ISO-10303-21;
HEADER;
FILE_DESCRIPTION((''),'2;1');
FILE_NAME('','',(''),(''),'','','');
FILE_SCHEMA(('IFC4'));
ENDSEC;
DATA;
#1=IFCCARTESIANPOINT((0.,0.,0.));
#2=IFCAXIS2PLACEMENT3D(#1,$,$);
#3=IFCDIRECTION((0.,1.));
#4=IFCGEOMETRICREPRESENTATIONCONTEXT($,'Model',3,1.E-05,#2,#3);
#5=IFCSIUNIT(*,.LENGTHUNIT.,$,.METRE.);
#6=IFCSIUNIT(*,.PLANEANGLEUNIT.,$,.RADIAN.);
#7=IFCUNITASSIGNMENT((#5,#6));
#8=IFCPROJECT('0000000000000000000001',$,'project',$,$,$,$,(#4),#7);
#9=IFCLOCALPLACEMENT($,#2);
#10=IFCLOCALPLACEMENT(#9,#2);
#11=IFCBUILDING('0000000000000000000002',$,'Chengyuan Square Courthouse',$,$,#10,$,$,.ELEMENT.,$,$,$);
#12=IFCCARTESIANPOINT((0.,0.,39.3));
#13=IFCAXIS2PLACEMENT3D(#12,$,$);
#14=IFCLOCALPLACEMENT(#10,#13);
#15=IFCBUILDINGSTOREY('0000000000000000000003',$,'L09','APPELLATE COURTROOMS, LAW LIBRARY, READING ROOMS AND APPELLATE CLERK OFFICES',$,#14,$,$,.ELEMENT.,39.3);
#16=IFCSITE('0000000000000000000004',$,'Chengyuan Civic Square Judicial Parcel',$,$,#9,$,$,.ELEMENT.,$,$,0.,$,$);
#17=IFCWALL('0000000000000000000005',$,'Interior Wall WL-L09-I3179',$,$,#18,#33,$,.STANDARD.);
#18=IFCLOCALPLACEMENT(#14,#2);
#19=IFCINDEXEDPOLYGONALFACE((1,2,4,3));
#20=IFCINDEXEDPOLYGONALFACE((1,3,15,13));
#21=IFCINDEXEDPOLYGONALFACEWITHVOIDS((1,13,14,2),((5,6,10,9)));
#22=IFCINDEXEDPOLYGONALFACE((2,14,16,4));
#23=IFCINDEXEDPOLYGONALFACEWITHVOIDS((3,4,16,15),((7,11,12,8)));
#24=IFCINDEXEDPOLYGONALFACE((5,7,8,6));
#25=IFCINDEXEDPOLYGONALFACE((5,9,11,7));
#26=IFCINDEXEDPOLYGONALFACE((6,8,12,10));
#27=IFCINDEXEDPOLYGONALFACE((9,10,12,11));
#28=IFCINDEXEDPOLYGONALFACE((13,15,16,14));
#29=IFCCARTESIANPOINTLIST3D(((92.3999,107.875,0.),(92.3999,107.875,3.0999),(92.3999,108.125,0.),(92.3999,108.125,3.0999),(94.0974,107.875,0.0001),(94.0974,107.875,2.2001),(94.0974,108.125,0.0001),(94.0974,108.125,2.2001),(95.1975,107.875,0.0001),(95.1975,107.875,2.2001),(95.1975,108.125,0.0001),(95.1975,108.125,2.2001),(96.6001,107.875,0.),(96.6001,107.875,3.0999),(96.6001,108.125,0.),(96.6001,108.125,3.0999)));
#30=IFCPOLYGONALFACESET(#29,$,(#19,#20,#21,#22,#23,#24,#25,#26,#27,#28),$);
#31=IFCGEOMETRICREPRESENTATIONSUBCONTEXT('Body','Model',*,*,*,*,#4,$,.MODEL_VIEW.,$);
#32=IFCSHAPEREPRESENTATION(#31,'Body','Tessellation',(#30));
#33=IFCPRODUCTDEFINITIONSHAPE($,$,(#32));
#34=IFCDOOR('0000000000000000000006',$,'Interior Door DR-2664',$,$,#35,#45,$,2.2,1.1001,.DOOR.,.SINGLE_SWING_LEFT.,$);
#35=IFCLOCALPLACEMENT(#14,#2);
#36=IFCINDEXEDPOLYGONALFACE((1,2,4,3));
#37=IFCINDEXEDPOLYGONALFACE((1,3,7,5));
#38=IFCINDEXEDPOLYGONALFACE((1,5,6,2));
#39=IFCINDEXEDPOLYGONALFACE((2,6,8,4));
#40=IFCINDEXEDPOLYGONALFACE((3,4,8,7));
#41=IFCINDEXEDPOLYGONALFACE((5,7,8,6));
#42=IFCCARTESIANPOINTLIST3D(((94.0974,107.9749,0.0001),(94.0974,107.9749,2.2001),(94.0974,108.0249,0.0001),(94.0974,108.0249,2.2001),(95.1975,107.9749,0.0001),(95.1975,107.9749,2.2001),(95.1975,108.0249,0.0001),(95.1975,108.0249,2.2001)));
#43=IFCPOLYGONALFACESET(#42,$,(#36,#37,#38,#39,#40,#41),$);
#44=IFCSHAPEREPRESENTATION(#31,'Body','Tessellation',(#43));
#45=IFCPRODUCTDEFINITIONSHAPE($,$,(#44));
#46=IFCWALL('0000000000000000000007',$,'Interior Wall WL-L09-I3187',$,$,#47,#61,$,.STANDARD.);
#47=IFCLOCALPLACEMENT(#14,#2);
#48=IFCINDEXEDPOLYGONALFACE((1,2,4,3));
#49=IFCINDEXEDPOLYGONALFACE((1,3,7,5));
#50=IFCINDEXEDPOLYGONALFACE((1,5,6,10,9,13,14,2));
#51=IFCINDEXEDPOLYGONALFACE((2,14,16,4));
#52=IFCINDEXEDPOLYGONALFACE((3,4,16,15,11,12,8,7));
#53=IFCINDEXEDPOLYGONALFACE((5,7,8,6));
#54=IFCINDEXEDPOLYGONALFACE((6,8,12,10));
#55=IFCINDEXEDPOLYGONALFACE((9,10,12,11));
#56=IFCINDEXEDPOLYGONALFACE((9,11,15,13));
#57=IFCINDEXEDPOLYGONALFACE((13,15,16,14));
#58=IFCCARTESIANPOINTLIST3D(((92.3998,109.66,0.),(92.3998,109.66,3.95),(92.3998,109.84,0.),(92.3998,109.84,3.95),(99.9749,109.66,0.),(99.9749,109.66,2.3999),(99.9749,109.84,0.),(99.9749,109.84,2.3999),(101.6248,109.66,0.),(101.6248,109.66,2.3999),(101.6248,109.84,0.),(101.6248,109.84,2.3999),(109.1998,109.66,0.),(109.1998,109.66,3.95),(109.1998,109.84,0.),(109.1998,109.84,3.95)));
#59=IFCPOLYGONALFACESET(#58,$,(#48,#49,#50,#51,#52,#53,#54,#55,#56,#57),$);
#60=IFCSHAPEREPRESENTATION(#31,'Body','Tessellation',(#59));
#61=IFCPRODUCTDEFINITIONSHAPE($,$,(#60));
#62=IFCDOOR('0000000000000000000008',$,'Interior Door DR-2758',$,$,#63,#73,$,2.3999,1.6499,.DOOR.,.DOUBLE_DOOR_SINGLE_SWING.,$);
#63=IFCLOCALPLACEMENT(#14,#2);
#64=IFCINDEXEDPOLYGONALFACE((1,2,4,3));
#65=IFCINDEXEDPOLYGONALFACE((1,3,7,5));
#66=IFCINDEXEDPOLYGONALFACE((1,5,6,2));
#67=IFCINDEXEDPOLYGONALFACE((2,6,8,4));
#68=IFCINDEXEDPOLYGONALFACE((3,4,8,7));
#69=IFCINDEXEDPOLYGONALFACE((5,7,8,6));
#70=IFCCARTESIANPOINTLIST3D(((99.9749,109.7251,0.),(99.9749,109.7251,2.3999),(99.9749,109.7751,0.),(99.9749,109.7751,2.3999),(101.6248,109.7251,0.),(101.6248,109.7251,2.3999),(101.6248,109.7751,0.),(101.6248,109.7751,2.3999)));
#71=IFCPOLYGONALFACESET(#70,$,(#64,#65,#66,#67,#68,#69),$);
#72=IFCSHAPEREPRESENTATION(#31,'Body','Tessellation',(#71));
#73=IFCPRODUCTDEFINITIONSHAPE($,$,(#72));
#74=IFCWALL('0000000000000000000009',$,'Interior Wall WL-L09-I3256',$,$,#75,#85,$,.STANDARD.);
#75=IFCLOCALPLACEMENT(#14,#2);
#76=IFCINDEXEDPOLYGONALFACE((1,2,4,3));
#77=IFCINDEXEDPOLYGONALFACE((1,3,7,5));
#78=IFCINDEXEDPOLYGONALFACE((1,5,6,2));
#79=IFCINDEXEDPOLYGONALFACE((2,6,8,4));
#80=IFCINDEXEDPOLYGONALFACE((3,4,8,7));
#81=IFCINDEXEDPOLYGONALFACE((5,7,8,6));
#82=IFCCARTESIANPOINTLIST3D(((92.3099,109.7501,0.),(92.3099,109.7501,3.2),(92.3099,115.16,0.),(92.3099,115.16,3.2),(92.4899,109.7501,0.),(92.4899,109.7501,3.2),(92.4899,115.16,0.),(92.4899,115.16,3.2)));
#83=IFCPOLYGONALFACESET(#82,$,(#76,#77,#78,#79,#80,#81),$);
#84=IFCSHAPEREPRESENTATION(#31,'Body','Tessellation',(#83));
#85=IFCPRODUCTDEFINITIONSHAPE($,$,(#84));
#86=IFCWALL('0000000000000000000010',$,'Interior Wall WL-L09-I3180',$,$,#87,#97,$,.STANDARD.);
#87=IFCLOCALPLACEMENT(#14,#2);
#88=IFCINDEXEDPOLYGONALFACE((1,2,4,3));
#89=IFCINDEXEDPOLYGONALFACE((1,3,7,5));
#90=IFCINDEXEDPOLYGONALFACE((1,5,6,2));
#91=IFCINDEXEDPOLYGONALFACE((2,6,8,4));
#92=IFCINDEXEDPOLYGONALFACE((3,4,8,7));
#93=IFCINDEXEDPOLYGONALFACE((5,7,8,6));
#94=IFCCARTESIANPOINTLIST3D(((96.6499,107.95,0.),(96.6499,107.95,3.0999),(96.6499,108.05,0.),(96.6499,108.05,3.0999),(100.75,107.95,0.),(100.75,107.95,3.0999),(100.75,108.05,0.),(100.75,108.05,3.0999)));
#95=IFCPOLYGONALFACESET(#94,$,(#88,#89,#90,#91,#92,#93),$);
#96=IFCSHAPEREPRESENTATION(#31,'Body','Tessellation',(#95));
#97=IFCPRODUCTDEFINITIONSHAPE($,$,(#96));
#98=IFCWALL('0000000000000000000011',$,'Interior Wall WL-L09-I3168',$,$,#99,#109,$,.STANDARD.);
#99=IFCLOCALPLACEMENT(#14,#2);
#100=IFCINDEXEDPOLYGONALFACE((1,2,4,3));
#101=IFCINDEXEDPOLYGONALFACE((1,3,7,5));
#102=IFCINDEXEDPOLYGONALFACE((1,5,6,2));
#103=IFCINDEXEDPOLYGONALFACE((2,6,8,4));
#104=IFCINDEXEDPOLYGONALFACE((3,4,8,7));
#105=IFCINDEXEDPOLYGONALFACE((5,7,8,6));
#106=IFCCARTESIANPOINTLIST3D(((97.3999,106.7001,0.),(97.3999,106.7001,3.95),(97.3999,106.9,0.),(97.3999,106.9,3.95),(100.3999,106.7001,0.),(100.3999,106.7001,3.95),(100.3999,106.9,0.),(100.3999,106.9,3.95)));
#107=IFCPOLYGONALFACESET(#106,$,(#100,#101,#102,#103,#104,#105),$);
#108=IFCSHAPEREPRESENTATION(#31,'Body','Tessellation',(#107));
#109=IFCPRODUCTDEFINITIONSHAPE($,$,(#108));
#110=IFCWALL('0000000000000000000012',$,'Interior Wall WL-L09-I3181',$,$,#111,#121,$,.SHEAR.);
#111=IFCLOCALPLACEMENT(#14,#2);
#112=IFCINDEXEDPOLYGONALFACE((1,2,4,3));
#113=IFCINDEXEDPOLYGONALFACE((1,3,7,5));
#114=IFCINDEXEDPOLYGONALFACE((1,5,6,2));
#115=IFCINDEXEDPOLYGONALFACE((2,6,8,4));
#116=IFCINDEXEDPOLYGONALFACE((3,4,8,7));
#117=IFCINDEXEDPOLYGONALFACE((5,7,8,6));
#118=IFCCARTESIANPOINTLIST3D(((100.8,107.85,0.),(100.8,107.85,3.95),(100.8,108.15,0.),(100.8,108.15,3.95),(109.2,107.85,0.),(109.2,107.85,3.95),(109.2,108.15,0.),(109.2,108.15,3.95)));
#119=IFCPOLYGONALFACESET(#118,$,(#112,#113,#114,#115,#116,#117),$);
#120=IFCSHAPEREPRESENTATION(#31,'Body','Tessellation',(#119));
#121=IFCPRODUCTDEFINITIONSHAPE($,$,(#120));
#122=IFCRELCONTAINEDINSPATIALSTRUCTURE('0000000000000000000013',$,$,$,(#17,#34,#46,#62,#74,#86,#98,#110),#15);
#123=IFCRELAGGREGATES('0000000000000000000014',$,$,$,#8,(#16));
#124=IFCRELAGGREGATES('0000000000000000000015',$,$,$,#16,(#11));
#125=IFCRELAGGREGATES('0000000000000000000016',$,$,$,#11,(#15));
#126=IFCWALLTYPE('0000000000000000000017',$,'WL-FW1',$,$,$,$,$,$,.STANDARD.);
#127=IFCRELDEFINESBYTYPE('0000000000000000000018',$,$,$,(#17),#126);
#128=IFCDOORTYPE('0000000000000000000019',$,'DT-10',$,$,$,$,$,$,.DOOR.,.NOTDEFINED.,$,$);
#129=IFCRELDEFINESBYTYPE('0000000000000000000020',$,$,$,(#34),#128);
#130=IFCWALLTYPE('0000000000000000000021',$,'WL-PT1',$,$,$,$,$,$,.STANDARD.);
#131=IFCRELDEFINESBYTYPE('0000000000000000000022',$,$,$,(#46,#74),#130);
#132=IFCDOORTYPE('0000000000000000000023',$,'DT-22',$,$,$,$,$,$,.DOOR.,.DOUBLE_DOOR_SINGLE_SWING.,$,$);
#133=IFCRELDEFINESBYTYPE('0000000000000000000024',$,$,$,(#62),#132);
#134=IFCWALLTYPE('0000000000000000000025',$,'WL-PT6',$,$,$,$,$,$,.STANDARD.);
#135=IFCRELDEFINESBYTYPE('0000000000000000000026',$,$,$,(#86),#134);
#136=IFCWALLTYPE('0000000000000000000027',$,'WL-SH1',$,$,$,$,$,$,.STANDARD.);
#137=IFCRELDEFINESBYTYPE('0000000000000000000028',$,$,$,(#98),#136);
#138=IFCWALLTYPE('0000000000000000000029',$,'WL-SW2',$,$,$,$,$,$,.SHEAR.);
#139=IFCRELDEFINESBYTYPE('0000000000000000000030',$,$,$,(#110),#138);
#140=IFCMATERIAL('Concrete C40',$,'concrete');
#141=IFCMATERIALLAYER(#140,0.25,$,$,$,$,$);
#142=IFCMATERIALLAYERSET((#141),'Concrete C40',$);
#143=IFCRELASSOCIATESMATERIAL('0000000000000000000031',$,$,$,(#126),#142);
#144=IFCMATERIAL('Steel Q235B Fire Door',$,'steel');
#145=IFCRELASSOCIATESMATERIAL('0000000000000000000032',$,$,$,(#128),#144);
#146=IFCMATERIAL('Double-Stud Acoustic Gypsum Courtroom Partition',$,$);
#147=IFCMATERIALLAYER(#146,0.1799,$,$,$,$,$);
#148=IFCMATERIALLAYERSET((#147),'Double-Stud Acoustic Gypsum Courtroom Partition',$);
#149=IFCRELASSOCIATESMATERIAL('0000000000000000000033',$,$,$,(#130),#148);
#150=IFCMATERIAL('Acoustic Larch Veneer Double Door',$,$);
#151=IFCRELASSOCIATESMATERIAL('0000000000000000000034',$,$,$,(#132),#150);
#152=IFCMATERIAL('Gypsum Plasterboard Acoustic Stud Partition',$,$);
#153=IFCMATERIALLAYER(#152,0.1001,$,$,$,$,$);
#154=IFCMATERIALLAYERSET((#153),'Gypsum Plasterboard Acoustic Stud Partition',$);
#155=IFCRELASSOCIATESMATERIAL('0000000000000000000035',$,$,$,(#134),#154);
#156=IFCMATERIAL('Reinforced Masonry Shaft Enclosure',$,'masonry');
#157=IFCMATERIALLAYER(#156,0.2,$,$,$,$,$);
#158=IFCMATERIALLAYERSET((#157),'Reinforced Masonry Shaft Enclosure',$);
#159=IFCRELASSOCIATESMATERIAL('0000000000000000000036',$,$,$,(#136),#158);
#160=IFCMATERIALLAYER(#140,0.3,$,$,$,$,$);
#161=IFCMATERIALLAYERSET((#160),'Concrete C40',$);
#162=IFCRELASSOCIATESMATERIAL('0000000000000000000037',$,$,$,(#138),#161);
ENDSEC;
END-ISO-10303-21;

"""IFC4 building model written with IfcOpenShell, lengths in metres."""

from ifc_helpers import new_model, si_unit, direction, frame, frame_2d, origin, place, context, subcontext, project, spatial, rectangle, extrude, material, layer, layer_set, type_object, element, fill, save


model = new_model("IFC4")

# Units and contexts
model_context = context("Model", 3, precision=1e-05, world=origin(), true_north=direction((0.0, 1.0)))
body_context = subcontext(model_context, "Body", "Model", "MODEL_VIEW")
ifc_project = project(units=[si_unit("LENGTHUNIT", "METRE"), si_unit("PLANEANGLEUNIT", "RADIAN")], contexts=[model_context])

# Site, building, storey
site_placement = place(None, origin())
site = spatial("IfcSite", under=ifc_project, at=site_placement, Name="Chengyuan Civic Square Judicial Parcel", CompositionType="ELEMENT", RefElevation=0.0)
building_placement = place(site_placement, origin())
building = spatial("IfcBuilding", under=site, at=building_placement, Name="Chengyuan Square Courthouse", CompositionType="ELEMENT")
storey_placement = place(building_placement, frame((0.0, 0.0, 39.3)))
storey = spatial("IfcBuildingStorey", under=building, at=storey_placement, Name="L09", Description="APPELLATE COURTROOMS, LAW LIBRARY, READING ROOMS AND APPELLATE CLERK OFFICES", CompositionType="ELEMENT", Elevation=39.3)

# Shared definitions
ifc_material_1 = material(Name="Concrete C40", Category="concrete")

# Walls, openings, doors
ifc_layer_1 = layer(ifc_material_1, 0.25)
ifc_layer_set_1 = layer_set([ifc_layer_1], Name="Concrete C40")
wall_type_1 = type_object("IfcWallType", Name="WL-FW1", PredefinedType="STANDARD", material=ifc_layer_set_1)
wall_1_placement = place(storey_placement, frame((92.3999, 108.0, 0.0), z_axis=(0.0, 0.0, 1.0), x_axis=(1.0, 0.0, 0.0)))
wall_1 = element("IfcWall", 1, at=wall_1_placement, inside=storey, type_object=wall_type_1, Name="Interior Wall WL-L09-I3179", PredefinedType="STANDARD", context=body_context, shape_type="SweptSolid", body=[
    extrude(rectangle(XDim=4.2002, YDim=0.25, at=frame_2d((2.1001, 0.0))), origin(), (0.0, 0.0, 1.0), 3.0999),
])
opening_1_placement = place(wall_1_placement, frame((1.6975, 0.0, 0.0)))
opening_1 = element("IfcOpeningElement", 2, at=opening_1_placement, cuts=wall_1, PredefinedType="OPENING", context=body_context, shape_type="SweptSolid", body=[
    extrude(rectangle(XDim=1.1001, YDim=2.2, at=frame_2d((0.55, 1.1001))), frame((0.0, 0.137, 0.0), z_axis=(0.0, -1.0, 0.0), x_axis=(1.0, 0.0, 0.0)), (0.0, 0.0, 1.0), 0.2739),
])
ifc_material_2 = material(Name="Steel Q235B Fire Door", Category="steel")
door_type_1 = type_object("IfcDoorType", Name="DT-10", OperationType="NOTDEFINED", PredefinedType="DOOR", material=ifc_material_2)
door_1_placement = place(opening_1_placement, origin())
door_1 = element("IfcDoor", 3, at=door_1_placement, inside=storey, type_object=door_type_1, Name="Interior Door DR-2664", OperationType="SINGLE_SWING_LEFT", OverallHeight=2.2, OverallWidth=1.1001, PredefinedType="DOOR", context=body_context, shape_type="SweptSolid", body=[
    extrude(rectangle(XDim=1.1001, YDim=2.2, at=frame_2d((0.55, 1.1001))), frame((0.0, 0.0249, 0.0), z_axis=(0.0, -1.0, 0.0), x_axis=(1.0, 0.0, 0.0)), (0.0, 0.0, 1.0), 0.05),
])
fill(opening_1, door_1)
ifc_material_3 = material(Name="Double-Stud Acoustic Gypsum Courtroom Partition")
ifc_layer_2 = layer(ifc_material_3, 0.1799)
ifc_layer_set_2 = layer_set([ifc_layer_2], Name="Double-Stud Acoustic Gypsum Courtroom Partition")
wall_type_2 = type_object("IfcWallType", Name="WL-PT1", PredefinedType="STANDARD", material=ifc_layer_set_2)
wall_2_placement = place(storey_placement, frame((92.3999, 109.75, 0.0), z_axis=(0.0, 0.0, 1.0), x_axis=(1.0, 0.0, 0.0)))
wall_2 = element("IfcWall", 4, at=wall_2_placement, inside=storey, type_object=wall_type_2, Name="Interior Wall WL-L09-I3187", PredefinedType="STANDARD", context=body_context, shape_type="SweptSolid", body=[
    extrude(rectangle(XDim=16.8, YDim=0.1799, at=frame_2d((8.3999, 0.0))), origin(), (0.0, 0.0, 1.0), 3.95),
])
opening_2_placement = place(wall_2_placement, frame((7.575, 0.0, 0.0)))
opening_2 = element("IfcOpeningElement", 5, at=opening_2_placement, cuts=wall_2, PredefinedType="OPENING", context=body_context, shape_type="SweptSolid", body=[
    extrude(rectangle(XDim=1.6499, YDim=2.3999, at=frame_2d((0.825, 1.2))), frame((0.0, 0.1021, 0.0), z_axis=(0.0, -1.0, 0.0), x_axis=(1.0, 0.0, 0.0)), (0.0, 0.0, 1.0), 0.2039),
])
ifc_material_4 = material(Name="Acoustic Larch Veneer Double Door")
door_type_2 = type_object("IfcDoorType", Name="DT-22", OperationType="DOUBLE_DOOR_SINGLE_SWING", PredefinedType="DOOR", material=ifc_material_4)
door_2_placement = place(opening_2_placement, frame((1.6499, 0.0, 0.0), z_axis=(0.0, 0.0, 1.0), x_axis=(-1.0, 0.0, 0.0)))
door_2 = element("IfcDoor", 6, at=door_2_placement, inside=storey, type_object=door_type_2, Name="Interior Door DR-2758", OperationType="DOUBLE_DOOR_SINGLE_SWING", OverallHeight=2.3999, OverallWidth=1.6499, PredefinedType="DOOR", context=body_context, shape_type="SweptSolid", body=[
    extrude(rectangle(XDim=1.6499, YDim=2.3999, at=frame_2d((0.825, 1.2))), frame((0.0, 0.0249, 0.0), z_axis=(0.0, -1.0, 0.0), x_axis=(1.0, 0.0, 0.0)), (0.0, 0.0, 1.0), 0.05),
])
fill(opening_2, door_2)

# Walls
wall_3_placement = place(storey_placement, frame((92.3999, 109.75, 0.0), z_axis=(0.0, 0.0, 1.0), x_axis=(0.0, 1.0, 0.0)))
element("IfcWall", 7, at=wall_3_placement, inside=storey, type_object=wall_type_2, Name="Interior Wall WL-L09-I3256", PredefinedType="STANDARD", context=body_context, shape_type="SweptSolid", body=[
    extrude(rectangle(XDim=5.4099, YDim=0.1799, at=frame_2d((2.7051, 0.0))), origin(), (0.0, 0.0, 1.0), 3.2),
])
ifc_material_5 = material(Name="Gypsum Plasterboard Acoustic Stud Partition")
ifc_layer_3 = layer(ifc_material_5, 0.1001)
ifc_layer_set_3 = layer_set([ifc_layer_3], Name="Gypsum Plasterboard Acoustic Stud Partition")
wall_type_3 = type_object("IfcWallType", Name="WL-PT6", PredefinedType="STANDARD", material=ifc_layer_set_3)
wall_4_placement = place(storey_placement, frame((96.6499, 108.0, 0.0), z_axis=(0.0, 0.0, 1.0), x_axis=(1.0, 0.0, 0.0)))
element("IfcWall", 8, at=wall_4_placement, inside=storey, type_object=wall_type_3, Name="Interior Wall WL-L09-I3180", PredefinedType="STANDARD", context=body_context, shape_type="SweptSolid", body=[
    extrude(rectangle(XDim=4.1001, YDim=0.1001, at=frame_2d((2.05, 0.0))), origin(), (0.0, 0.0, 1.0), 3.0999),
])
ifc_material_6 = material(Name="Reinforced Masonry Shaft Enclosure", Category="masonry")
ifc_layer_4 = layer(ifc_material_6, 0.2)
ifc_layer_set_4 = layer_set([ifc_layer_4], Name="Reinforced Masonry Shaft Enclosure")
wall_type_4 = type_object("IfcWallType", Name="WL-SH1", PredefinedType="STANDARD", material=ifc_layer_set_4)
wall_5_placement = place(storey_placement, frame((97.3999, 106.8, 0.0), z_axis=(0.0, 0.0, 1.0), x_axis=(1.0, 0.0, 0.0)))
element("IfcWall", 9, at=wall_5_placement, inside=storey, type_object=wall_type_4, Name="Interior Wall WL-L09-I3168", PredefinedType="STANDARD", context=body_context, shape_type="SweptSolid", body=[
    extrude(rectangle(XDim=3.0, YDim=0.2, at=frame_2d((1.5, 0.0))), origin(), (0.0, 0.0, 1.0), 3.95),
])
ifc_layer_5 = layer(ifc_material_1, 0.3)
ifc_layer_set_5 = layer_set([ifc_layer_5], Name="Concrete C40")
wall_type_5 = type_object("IfcWallType", Name="WL-SW2", PredefinedType="SHEAR", material=ifc_layer_set_5)
wall_6_placement = place(storey_placement, frame((100.8, 108.0, 0.0), z_axis=(0.0, 0.0, 1.0), x_axis=(1.0, 0.0, 0.0)))
element("IfcWall", 10, at=wall_6_placement, inside=storey, type_object=wall_type_5, Name="Interior Wall WL-L09-I3181", PredefinedType="SHEAR", context=body_context, shape_type="SweptSolid", body=[
    extrude(rectangle(XDim=8.3999, YDim=0.3, at=frame_2d((4.2, 0.0))), origin(), (0.0, 0.0, 1.0), 3.95),
])

save(model, "model.ifc")
